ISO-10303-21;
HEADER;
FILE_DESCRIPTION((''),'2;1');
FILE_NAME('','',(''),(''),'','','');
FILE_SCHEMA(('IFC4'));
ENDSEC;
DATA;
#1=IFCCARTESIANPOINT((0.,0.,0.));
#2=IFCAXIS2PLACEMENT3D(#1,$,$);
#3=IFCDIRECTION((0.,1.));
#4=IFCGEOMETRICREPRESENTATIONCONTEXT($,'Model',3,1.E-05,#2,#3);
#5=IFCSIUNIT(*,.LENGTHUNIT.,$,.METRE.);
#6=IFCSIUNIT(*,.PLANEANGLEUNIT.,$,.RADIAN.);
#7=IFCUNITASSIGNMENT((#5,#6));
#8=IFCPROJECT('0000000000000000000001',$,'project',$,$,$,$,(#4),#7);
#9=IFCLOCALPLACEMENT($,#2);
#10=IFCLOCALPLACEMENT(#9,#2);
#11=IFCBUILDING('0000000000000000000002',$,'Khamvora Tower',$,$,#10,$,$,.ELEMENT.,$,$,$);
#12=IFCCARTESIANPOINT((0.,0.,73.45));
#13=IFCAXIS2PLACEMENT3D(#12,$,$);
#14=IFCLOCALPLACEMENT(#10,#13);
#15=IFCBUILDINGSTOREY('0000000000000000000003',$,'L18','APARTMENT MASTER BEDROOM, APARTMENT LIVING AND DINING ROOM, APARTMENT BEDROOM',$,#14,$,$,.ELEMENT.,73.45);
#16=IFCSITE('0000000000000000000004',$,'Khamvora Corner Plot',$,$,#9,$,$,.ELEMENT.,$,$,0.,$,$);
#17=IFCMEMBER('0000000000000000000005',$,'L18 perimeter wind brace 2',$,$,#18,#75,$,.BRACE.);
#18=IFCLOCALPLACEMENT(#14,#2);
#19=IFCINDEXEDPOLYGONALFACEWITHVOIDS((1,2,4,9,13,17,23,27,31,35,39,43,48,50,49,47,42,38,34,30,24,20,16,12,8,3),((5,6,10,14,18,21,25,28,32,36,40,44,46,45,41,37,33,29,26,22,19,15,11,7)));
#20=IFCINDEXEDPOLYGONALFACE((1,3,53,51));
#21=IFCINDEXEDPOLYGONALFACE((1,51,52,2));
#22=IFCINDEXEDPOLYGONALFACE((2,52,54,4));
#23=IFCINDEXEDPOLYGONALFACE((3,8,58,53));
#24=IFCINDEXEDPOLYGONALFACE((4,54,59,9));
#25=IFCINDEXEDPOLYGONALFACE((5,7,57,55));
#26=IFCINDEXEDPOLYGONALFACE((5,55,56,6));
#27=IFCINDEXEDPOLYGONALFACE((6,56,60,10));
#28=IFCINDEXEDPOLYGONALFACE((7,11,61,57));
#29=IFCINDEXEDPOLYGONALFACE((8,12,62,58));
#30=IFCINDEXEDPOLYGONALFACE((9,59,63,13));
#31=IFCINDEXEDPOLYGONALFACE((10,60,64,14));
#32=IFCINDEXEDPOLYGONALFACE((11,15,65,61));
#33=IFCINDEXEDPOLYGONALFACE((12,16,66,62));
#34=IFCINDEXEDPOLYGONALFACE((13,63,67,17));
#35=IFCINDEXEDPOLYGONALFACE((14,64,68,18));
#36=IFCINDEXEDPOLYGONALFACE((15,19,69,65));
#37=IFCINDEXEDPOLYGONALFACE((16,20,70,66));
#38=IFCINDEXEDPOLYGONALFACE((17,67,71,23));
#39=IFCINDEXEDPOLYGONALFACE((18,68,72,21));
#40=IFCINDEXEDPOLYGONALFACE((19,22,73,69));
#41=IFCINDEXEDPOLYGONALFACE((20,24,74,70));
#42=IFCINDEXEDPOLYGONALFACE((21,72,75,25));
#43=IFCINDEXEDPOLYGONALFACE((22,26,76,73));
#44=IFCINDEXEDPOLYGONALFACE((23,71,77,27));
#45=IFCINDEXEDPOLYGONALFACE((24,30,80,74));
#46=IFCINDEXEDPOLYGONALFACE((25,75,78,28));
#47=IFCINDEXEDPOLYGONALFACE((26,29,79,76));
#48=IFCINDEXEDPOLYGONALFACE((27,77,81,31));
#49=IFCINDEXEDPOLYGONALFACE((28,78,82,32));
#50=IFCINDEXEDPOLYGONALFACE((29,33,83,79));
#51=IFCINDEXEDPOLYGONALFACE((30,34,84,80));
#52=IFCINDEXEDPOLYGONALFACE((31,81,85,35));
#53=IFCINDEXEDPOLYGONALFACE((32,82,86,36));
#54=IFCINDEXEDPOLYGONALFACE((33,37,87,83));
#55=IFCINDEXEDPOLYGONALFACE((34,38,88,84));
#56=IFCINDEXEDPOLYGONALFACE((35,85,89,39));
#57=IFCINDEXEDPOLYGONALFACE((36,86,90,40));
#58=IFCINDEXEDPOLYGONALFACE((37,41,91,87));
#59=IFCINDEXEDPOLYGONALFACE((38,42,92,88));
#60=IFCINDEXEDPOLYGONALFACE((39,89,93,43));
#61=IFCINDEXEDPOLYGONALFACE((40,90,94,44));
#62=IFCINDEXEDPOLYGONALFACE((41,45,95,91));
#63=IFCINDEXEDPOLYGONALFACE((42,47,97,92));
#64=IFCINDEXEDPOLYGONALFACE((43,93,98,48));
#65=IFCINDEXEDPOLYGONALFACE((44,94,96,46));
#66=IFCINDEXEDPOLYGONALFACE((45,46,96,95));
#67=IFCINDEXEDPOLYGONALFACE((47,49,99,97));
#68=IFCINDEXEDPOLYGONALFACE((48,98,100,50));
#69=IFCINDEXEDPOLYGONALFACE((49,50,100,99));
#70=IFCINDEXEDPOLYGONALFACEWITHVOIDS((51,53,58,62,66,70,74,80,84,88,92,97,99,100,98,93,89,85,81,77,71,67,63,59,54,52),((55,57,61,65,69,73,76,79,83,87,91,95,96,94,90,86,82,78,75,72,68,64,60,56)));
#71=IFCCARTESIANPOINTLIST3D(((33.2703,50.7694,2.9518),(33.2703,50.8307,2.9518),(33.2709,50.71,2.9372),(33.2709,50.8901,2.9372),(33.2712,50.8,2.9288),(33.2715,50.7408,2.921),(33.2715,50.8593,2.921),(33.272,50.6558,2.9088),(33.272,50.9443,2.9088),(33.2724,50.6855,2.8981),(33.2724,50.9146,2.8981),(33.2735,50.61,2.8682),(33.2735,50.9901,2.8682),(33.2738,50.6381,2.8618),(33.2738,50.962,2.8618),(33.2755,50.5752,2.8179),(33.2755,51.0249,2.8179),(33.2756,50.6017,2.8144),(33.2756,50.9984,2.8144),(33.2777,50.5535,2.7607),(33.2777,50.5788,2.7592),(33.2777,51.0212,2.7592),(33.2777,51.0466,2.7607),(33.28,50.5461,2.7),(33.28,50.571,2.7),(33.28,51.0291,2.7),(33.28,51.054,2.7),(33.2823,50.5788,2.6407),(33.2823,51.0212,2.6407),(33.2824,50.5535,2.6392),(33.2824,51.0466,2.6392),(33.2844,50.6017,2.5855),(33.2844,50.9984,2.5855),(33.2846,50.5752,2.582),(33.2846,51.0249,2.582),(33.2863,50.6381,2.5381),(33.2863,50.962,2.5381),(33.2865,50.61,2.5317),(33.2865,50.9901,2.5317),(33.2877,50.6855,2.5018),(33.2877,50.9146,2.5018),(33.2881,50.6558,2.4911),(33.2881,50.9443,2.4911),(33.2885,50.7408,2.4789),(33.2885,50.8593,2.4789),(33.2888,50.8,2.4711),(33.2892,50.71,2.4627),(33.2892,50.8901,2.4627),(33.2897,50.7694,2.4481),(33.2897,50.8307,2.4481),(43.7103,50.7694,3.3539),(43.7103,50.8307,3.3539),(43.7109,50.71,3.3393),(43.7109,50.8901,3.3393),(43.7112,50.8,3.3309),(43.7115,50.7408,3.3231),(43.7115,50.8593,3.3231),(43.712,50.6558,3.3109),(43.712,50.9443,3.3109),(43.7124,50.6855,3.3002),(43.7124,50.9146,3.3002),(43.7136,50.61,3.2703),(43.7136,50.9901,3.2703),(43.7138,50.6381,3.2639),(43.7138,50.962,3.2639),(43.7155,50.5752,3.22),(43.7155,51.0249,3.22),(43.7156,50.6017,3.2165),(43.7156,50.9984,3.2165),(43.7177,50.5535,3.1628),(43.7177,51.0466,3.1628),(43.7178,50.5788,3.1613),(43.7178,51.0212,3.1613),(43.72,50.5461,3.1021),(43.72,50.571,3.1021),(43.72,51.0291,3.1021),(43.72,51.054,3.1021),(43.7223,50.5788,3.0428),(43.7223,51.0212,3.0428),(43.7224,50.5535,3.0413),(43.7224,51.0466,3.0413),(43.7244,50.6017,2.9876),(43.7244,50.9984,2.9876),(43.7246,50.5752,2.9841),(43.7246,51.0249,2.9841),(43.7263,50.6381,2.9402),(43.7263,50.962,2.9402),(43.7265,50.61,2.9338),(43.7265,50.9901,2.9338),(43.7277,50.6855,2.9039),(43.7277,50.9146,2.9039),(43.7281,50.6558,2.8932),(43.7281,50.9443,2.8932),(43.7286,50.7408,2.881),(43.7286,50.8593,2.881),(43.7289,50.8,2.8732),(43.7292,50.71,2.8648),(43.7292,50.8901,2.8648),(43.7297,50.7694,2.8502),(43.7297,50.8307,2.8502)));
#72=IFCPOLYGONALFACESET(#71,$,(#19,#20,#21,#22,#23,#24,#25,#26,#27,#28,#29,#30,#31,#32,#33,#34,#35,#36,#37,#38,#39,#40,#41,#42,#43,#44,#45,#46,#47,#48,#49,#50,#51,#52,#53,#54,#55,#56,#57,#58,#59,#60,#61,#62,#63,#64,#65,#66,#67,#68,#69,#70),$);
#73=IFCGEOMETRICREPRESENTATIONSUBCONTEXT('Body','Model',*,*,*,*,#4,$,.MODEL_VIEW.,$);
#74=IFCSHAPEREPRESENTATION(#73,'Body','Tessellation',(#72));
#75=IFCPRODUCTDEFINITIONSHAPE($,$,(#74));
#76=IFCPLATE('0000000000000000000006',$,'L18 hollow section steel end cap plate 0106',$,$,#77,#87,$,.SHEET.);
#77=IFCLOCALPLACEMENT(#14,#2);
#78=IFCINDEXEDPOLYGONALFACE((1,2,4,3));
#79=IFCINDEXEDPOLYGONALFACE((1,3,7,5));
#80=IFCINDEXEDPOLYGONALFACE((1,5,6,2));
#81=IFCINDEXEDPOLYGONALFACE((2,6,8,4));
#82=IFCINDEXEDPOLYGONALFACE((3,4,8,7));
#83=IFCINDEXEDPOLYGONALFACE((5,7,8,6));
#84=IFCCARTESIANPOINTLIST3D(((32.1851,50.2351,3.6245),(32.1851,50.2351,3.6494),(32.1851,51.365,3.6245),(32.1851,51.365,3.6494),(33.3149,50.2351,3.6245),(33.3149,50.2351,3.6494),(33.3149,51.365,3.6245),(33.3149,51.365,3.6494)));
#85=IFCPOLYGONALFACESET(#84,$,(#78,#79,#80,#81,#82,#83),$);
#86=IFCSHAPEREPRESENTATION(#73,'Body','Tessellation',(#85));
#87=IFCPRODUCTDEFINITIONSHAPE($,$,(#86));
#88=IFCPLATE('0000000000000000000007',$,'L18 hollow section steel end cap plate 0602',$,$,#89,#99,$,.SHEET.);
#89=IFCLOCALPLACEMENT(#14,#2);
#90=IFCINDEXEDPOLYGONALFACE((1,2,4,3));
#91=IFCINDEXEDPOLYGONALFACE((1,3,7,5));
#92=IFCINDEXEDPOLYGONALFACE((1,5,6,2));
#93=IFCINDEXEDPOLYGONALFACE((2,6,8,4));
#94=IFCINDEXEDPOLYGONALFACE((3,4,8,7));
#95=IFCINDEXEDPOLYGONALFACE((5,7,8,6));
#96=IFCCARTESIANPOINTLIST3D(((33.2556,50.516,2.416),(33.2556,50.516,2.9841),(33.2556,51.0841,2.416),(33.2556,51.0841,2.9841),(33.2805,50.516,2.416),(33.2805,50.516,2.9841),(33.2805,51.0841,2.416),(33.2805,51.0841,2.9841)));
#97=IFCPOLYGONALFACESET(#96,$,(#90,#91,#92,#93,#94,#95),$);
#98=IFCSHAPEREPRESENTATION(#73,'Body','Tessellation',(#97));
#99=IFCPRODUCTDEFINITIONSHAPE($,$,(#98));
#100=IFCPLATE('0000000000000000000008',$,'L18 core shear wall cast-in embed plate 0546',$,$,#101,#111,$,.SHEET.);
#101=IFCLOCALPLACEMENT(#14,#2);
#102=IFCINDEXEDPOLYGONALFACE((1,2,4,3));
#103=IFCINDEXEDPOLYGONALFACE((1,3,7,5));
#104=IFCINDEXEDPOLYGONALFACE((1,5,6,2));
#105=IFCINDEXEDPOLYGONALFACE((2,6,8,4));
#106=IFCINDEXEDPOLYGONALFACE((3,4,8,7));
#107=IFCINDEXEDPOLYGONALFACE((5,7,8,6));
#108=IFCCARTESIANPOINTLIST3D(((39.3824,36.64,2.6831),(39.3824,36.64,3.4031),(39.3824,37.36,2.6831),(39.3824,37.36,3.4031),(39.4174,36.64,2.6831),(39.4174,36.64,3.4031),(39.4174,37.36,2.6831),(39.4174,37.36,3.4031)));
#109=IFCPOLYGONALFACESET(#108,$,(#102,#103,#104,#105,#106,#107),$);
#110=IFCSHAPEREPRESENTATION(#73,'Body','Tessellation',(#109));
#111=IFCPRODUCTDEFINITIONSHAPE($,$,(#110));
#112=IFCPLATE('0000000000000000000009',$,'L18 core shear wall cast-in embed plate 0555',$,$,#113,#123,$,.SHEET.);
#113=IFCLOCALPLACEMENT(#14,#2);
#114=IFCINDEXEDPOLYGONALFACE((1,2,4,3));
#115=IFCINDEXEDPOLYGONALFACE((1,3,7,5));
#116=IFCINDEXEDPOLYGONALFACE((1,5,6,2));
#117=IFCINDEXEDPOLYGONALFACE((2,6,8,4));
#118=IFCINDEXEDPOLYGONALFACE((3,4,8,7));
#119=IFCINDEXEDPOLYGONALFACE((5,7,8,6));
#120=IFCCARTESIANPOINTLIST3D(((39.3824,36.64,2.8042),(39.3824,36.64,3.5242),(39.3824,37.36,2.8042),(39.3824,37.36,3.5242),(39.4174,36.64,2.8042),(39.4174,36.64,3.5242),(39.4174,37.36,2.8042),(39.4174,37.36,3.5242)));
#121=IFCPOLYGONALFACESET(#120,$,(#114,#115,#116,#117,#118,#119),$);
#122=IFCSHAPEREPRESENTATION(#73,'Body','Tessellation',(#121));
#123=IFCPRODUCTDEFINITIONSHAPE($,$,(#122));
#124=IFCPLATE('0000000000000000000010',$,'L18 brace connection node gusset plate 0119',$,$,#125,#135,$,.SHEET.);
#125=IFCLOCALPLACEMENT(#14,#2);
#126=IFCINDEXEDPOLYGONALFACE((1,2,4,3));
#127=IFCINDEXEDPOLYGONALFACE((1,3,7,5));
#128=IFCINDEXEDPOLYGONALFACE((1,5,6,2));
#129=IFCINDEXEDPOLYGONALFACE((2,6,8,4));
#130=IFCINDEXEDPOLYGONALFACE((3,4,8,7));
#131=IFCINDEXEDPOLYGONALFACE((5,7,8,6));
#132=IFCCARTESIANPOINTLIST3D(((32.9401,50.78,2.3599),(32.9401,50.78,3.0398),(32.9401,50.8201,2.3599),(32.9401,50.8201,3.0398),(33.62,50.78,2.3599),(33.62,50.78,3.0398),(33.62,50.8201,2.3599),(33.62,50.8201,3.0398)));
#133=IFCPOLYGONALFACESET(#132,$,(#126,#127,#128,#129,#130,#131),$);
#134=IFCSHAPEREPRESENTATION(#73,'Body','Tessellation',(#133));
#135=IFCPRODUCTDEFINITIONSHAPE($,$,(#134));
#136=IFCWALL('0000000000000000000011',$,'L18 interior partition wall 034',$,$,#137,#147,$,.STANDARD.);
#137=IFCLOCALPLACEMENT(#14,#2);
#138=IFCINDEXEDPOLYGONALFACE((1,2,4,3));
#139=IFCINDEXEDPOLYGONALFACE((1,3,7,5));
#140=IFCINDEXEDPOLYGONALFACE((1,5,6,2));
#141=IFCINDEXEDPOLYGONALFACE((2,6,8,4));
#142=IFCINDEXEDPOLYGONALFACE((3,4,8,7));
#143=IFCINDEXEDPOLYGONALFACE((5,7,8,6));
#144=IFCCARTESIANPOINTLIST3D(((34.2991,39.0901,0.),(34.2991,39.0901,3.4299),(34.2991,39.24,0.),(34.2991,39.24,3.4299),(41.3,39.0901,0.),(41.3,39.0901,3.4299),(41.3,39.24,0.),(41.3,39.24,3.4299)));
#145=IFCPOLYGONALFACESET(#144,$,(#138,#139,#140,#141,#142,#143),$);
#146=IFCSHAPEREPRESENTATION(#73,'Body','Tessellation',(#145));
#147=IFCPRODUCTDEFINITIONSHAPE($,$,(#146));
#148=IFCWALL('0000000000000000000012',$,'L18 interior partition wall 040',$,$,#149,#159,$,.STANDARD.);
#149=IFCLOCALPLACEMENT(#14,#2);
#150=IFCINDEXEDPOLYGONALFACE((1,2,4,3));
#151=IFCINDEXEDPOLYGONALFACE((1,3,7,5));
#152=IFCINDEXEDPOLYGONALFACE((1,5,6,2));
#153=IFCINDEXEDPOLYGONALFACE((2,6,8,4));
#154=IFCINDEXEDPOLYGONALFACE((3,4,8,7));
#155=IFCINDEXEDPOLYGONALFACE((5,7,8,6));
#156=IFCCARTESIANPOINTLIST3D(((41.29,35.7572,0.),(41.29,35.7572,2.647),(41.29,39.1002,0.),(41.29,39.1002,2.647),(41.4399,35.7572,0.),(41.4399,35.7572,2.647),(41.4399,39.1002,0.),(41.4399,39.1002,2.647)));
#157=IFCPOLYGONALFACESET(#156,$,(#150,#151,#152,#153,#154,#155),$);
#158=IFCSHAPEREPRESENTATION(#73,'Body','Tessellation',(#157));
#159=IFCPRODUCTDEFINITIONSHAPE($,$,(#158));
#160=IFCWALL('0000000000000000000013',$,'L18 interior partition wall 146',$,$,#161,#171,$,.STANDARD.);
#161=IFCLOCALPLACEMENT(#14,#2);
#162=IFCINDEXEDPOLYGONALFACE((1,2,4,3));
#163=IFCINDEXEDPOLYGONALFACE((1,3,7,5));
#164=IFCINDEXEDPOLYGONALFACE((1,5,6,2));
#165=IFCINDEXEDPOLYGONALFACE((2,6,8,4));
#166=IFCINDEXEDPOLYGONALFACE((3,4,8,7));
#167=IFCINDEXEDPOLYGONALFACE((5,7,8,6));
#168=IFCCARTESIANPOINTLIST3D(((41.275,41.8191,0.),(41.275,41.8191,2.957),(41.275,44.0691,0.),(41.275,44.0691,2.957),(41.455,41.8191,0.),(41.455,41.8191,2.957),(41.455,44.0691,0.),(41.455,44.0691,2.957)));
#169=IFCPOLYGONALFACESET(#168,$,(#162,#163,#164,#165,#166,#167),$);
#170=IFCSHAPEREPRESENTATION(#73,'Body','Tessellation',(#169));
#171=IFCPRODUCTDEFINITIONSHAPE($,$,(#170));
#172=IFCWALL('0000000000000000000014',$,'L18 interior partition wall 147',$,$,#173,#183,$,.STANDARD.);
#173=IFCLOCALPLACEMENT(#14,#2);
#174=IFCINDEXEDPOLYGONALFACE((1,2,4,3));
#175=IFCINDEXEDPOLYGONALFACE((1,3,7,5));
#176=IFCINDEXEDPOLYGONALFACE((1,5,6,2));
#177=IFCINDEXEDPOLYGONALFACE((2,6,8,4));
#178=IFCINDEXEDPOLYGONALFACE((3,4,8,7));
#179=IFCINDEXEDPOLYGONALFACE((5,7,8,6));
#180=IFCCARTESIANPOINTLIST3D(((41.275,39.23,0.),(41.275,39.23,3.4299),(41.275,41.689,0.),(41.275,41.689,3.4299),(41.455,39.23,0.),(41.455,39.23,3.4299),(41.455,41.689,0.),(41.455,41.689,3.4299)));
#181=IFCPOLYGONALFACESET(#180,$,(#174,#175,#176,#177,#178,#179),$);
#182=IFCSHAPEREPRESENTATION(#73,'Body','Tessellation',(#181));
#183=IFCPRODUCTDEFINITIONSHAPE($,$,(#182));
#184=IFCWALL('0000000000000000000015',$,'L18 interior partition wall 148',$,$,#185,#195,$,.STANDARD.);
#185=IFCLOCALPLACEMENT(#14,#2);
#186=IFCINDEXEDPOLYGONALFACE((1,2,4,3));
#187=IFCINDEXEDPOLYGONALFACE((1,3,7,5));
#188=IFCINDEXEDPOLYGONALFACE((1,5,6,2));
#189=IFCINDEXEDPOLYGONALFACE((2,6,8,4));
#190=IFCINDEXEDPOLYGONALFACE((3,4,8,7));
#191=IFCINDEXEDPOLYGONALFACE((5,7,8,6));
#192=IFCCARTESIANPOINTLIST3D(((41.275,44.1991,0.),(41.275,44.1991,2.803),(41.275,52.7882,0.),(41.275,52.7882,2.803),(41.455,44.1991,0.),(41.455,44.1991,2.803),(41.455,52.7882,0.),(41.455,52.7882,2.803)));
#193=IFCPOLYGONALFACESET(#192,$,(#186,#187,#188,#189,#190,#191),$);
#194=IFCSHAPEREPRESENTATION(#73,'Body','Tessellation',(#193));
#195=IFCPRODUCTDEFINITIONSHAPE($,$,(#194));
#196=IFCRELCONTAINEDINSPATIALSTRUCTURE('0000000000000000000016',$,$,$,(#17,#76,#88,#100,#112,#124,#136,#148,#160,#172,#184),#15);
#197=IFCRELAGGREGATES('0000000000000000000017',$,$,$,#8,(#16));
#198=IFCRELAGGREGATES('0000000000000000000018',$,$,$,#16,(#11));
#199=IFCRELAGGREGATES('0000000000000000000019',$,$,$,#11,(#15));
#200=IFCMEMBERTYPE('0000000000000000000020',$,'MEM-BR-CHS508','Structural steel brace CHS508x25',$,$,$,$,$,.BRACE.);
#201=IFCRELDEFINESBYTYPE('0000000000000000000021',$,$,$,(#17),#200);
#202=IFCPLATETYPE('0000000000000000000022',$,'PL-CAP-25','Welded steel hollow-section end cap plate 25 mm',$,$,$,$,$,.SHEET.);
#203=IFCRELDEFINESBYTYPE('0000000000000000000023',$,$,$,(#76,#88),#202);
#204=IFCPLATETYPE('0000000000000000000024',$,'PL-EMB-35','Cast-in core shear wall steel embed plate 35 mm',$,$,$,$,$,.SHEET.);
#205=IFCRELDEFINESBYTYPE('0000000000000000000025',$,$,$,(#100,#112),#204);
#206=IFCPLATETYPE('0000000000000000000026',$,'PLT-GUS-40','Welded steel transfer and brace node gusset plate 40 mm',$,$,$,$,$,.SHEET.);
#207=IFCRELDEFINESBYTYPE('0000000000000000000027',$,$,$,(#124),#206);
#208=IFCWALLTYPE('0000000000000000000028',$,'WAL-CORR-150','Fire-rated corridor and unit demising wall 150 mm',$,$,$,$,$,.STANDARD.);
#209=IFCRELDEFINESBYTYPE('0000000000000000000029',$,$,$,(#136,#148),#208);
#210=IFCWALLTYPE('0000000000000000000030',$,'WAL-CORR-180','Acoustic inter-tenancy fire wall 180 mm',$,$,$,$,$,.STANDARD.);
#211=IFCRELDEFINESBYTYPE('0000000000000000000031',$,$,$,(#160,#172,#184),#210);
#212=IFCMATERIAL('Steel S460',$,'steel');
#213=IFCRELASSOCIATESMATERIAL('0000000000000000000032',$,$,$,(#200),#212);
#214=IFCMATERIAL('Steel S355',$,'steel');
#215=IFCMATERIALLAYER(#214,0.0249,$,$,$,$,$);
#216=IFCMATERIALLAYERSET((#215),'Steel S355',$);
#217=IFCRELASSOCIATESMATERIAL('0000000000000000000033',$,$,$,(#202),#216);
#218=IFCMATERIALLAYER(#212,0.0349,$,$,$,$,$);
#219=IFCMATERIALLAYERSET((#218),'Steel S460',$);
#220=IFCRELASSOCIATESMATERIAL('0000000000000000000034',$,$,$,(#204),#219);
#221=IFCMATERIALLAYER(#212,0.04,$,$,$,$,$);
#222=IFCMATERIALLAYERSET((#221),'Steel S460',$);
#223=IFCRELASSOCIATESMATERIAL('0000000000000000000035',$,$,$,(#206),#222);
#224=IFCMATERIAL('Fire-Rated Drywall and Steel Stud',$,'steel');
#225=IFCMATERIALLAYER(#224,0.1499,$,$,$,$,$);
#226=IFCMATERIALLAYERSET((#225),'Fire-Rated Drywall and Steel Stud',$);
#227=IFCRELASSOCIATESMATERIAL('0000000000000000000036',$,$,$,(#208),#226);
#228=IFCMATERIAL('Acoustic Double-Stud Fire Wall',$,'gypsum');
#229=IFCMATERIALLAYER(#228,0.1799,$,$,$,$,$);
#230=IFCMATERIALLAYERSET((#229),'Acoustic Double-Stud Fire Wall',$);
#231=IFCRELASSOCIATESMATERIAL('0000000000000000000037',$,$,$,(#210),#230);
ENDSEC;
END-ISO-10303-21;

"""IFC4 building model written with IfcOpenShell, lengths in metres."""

from ifc_helpers import new_model, si_unit, direction, frame, frame_2d, origin, origin_2d, place, context, subcontext, project, spatial, rectangle, hollow_circle, extrude, material, layer, layer_set, material_profile, profile_set, type_object, element, save


model = new_model("IFC4")

# Units and contexts
model_context = context("Model", 3, precision=1e-05, world=origin(), true_north=direction((0.0, 1.0)))
body_context = subcontext(model_context, "Body", "Model", "MODEL_VIEW")
ifc_project = project(units=[si_unit("LENGTHUNIT", "METRE"), si_unit("PLANEANGLEUNIT", "RADIAN")], contexts=[model_context])

# Site, building, storey
site_placement = place(None, origin())
site = spatial("IfcSite", under=ifc_project, at=site_placement, Name="Khamvora Corner Plot", CompositionType="ELEMENT", RefElevation=0.0)
building_placement = place(site_placement, origin())
building = spatial("IfcBuilding", under=site, at=building_placement, Name="Khamvora Tower", CompositionType="ELEMENT")
storey_placement = place(building_placement, frame((0.0, 0.0, 73.45)))
storey = spatial("IfcBuildingStorey", under=building, at=storey_placement, Name="L18", Description="APARTMENT MASTER BEDROOM, APARTMENT LIVING AND DINING ROOM, APARTMENT BEDROOM", CompositionType="ELEMENT", Elevation=73.45)

# Shared definitions
ifc_material_1 = material(Name="Steel S460", Category="steel")

# Shared definitions
ifc_material_2 = material(Name="Steel S355", Category="steel")

# Member
ifc_material_profile_1 = material_profile(ifc_material_1, hollow_circle(Radius=0.2539, WallThickness=0.0249, at=origin_2d()), Name="CHS508x25")
ifc_profile_set_1 = profile_set([ifc_material_profile_1], Name="Steel S460")
member_type = type_object("IfcMemberType", Name="MEM-BR-CHS508", Description="Structural steel brace CHS508x25", PredefinedType="BRACE", material=ifc_profile_set_1)
member_placement = place(storey_placement, frame((33.28, 50.8, 2.7), z_axis=(0.999259, 0.0, 0.038487), x_axis=(0.0, 1.0, 0.0)))
element("IfcMember", 1, at=member_placement, inside=storey, type_object=member_type, Name="L18 perimeter wind brace 2", PredefinedType="BRACE", context=body_context, shape_type="SweptSolid", body=[
    extrude(hollow_circle(Radius=0.2539, WallThickness=0.0249, at=origin_2d()), origin(), (0.0, 0.0, 1.0), 10.4478),
])

# Plates
ifc_layer_1 = layer(ifc_material_2, 0.0249)
ifc_layer_set_1 = layer_set([ifc_layer_1], Name="Steel S355")
plate_type_1 = type_object("IfcPlateType", Name="PL-CAP-25", Description="Welded steel hollow-section end cap plate 25 mm", PredefinedType="SHEET", material=ifc_layer_set_1)
plate_1_placement = place(storey_placement, frame((32.75, 50.8, 3.6245), z_axis=(0.0, 0.0, 1.0), x_axis=(1.0, 0.0, 0.0)))
element("IfcPlate", 2, at=plate_1_placement, inside=storey, type_object=plate_type_1, Name="L18 hollow section steel end cap plate 0106", PredefinedType="SHEET", context=body_context, shape_type="SweptSolid", body=[
    extrude(rectangle(XDim=1.1299, YDim=1.1299, at=origin_2d()), origin(), (0.0, 0.0, 1.0), 0.0249),
])
plate_2_placement = place(storey_placement, frame((33.2681, 50.8, 2.416), z_axis=(0.0, 0.0, 1.0), x_axis=(1.0, 0.0, 0.0)))
element("IfcPlate", 3, at=plate_2_placement, inside=storey, type_object=plate_type_1, Name="L18 hollow section steel end cap plate 0602", PredefinedType="SHEET", context=body_context, shape_type="SweptSolid", body=[
    extrude(rectangle(XDim=0.0249, YDim=0.5681, at=origin_2d()), origin(), (0.0, 0.0, 1.0), 0.5681),
])
ifc_layer_2 = layer(ifc_material_1, 0.0349)
ifc_layer_set_2 = layer_set([ifc_layer_2], Name="Steel S460")
plate_type_2 = type_object("IfcPlateType", Name="PL-EMB-35", Description="Cast-in core shear wall steel embed plate 35 mm", PredefinedType="SHEET", material=ifc_layer_set_2)
for number, where, z_axis, x_axis, name in (
    (4, (39.3999, 37.0, 2.6831), (0.0, 0.0, 1.0), (1.0, 0.0, 0.0), "L18 core shear wall cast-in embed plate 0546"),
    (5, (39.3999, 37.0, 2.8042), (0.0, 0.0, 1.0), (1.0, 0.0, 0.0), "L18 core shear wall cast-in embed plate 0555"),
):
    element("IfcPlate", number, at=place(storey_placement, frame(where, z_axis=z_axis, x_axis=x_axis)), inside=storey, type_object=plate_type_2, Name=name, PredefinedType="SHEET", context=body_context, shape_type="SweptSolid", body=[
        extrude(rectangle(XDim=0.0349, YDim=0.72, at=origin_2d()), origin(), (0.0, 0.0, 1.0), 0.72),
    ])
ifc_layer_3 = layer(ifc_material_1, 0.04)
ifc_layer_set_3 = layer_set([ifc_layer_3], Name="Steel S460")
plate_type_3 = type_object("IfcPlateType", Name="PLT-GUS-40", Description="Welded steel transfer and brace node gusset plate 40 mm", PredefinedType="SHEET", material=ifc_layer_set_3)
plate_3_placement = place(storey_placement, frame((33.28, 50.8, 2.3599), z_axis=(0.0, 0.0, 1.0), x_axis=(1.0, 0.0, 0.0)))
element("IfcPlate", 6, at=plate_3_placement, inside=storey, type_object=plate_type_3, Name="L18 brace connection node gusset plate 0119", PredefinedType="SHEET", context=body_context, shape_type="SweptSolid", body=[
    extrude(rectangle(XDim=0.6799, YDim=0.04, at=origin_2d()), origin(), (0.0, 0.0, 1.0), 0.6799),
])

# Shared definitions
ifc_material_3 = material(Name="Fire-Rated Drywall and Steel Stud", Category="steel")
ifc_layer_4 = layer(ifc_material_3, 0.1499)
ifc_layer_set_4 = layer_set([ifc_layer_4], Name="Fire-Rated Drywall and Steel Stud")
wall_type_1 = type_object("IfcWallType", Name="WAL-CORR-150", Description="Fire-rated corridor and unit demising wall 150 mm", PredefinedType="STANDARD", material=ifc_layer_set_4)

# Walls
wall_1_placement = place(storey_placement, frame((34.2991, 39.165, 0.0), z_axis=(0.0, 0.0, 1.0), x_axis=(1.0, 0.0, 0.0)))
element("IfcWall", 7, at=wall_1_placement, inside=storey, type_object=wall_type_1, Name="L18 interior partition wall 034", PredefinedType="STANDARD", context=body_context, shape_type="SweptSolid", body=[
    extrude(rectangle(XDim=7.001, YDim=0.1499, at=frame_2d((3.5005, 0.0))), origin(), (0.0, 0.0, 1.0), 3.4299),
])
wall_2_placement = place(storey_placement, frame((41.365, 39.1001, 0.0), z_axis=(0.0, 0.0, 1.0), x_axis=(0.0, -1.0, 0.0)))
element("IfcWall", 8, at=wall_2_placement, inside=storey, type_object=wall_type_1, Name="L18 interior partition wall 040", PredefinedType="STANDARD", context=body_context, shape_type="SweptSolid", body=[
    extrude(rectangle(XDim=3.343, YDim=0.1499, at=frame_2d((1.6714, 0.0))), origin(), (0.0, 0.0, 1.0), 2.647),
])
ifc_material_4 = material(Name="Acoustic Double-Stud Fire Wall", Category="gypsum")
ifc_layer_5 = layer(ifc_material_4, 0.1799)
ifc_layer_set_5 = layer_set([ifc_layer_5], Name="Acoustic Double-Stud Fire Wall")
wall_type_2 = type_object("IfcWallType", Name="WAL-CORR-180", Description="Acoustic inter-tenancy fire wall 180 mm", PredefinedType="STANDARD", material=ifc_layer_set_5)
wall_3_placement = place(storey_placement, frame((41.365, 44.0691, 0.0), z_axis=(0.0, 0.0, 1.0), x_axis=(0.0, -1.0, 0.0)))
element("IfcWall", 9, at=wall_3_placement, inside=storey, type_object=wall_type_2, Name="L18 interior partition wall 146", PredefinedType="STANDARD", context=body_context, shape_type="SweptSolid", body=[
    extrude(rectangle(XDim=2.25, YDim=0.1799, at=frame_2d((1.125, 0.0))), origin(), (0.0, 0.0, 1.0), 2.957),
])
wall_4_placement = place(storey_placement, frame((41.365, 41.689, 0.0), z_axis=(0.0, 0.0, 1.0), x_axis=(0.0, -1.0, 0.0)))
element("IfcWall", 10, at=wall_4_placement, inside=storey, type_object=wall_type_2, Name="L18 interior partition wall 147", PredefinedType="STANDARD", context=body_context, shape_type="SweptSolid", body=[
    extrude(rectangle(XDim=2.459, YDim=0.1799, at=frame_2d((1.2295, 0.0))), origin(), (0.0, 0.0, 1.0), 3.4299),
])
wall_5_placement = place(storey_placement, frame((41.365, 52.7881, 0.0), z_axis=(0.0, 0.0, 1.0), x_axis=(0.0, -1.0, 0.0)))
element("IfcWall", 11, at=wall_5_placement, inside=storey, type_object=wall_type_2, Name="L18 interior partition wall 148", PredefinedType="STANDARD", context=body_context, shape_type="SweptSolid", body=[
    extrude(rectangle(XDim=8.5891, YDim=0.1799, at=frame_2d((4.2944, 0.0))), origin(), (0.0, 0.0, 1.0), 2.803),
])

save(model, "model.ifc")
